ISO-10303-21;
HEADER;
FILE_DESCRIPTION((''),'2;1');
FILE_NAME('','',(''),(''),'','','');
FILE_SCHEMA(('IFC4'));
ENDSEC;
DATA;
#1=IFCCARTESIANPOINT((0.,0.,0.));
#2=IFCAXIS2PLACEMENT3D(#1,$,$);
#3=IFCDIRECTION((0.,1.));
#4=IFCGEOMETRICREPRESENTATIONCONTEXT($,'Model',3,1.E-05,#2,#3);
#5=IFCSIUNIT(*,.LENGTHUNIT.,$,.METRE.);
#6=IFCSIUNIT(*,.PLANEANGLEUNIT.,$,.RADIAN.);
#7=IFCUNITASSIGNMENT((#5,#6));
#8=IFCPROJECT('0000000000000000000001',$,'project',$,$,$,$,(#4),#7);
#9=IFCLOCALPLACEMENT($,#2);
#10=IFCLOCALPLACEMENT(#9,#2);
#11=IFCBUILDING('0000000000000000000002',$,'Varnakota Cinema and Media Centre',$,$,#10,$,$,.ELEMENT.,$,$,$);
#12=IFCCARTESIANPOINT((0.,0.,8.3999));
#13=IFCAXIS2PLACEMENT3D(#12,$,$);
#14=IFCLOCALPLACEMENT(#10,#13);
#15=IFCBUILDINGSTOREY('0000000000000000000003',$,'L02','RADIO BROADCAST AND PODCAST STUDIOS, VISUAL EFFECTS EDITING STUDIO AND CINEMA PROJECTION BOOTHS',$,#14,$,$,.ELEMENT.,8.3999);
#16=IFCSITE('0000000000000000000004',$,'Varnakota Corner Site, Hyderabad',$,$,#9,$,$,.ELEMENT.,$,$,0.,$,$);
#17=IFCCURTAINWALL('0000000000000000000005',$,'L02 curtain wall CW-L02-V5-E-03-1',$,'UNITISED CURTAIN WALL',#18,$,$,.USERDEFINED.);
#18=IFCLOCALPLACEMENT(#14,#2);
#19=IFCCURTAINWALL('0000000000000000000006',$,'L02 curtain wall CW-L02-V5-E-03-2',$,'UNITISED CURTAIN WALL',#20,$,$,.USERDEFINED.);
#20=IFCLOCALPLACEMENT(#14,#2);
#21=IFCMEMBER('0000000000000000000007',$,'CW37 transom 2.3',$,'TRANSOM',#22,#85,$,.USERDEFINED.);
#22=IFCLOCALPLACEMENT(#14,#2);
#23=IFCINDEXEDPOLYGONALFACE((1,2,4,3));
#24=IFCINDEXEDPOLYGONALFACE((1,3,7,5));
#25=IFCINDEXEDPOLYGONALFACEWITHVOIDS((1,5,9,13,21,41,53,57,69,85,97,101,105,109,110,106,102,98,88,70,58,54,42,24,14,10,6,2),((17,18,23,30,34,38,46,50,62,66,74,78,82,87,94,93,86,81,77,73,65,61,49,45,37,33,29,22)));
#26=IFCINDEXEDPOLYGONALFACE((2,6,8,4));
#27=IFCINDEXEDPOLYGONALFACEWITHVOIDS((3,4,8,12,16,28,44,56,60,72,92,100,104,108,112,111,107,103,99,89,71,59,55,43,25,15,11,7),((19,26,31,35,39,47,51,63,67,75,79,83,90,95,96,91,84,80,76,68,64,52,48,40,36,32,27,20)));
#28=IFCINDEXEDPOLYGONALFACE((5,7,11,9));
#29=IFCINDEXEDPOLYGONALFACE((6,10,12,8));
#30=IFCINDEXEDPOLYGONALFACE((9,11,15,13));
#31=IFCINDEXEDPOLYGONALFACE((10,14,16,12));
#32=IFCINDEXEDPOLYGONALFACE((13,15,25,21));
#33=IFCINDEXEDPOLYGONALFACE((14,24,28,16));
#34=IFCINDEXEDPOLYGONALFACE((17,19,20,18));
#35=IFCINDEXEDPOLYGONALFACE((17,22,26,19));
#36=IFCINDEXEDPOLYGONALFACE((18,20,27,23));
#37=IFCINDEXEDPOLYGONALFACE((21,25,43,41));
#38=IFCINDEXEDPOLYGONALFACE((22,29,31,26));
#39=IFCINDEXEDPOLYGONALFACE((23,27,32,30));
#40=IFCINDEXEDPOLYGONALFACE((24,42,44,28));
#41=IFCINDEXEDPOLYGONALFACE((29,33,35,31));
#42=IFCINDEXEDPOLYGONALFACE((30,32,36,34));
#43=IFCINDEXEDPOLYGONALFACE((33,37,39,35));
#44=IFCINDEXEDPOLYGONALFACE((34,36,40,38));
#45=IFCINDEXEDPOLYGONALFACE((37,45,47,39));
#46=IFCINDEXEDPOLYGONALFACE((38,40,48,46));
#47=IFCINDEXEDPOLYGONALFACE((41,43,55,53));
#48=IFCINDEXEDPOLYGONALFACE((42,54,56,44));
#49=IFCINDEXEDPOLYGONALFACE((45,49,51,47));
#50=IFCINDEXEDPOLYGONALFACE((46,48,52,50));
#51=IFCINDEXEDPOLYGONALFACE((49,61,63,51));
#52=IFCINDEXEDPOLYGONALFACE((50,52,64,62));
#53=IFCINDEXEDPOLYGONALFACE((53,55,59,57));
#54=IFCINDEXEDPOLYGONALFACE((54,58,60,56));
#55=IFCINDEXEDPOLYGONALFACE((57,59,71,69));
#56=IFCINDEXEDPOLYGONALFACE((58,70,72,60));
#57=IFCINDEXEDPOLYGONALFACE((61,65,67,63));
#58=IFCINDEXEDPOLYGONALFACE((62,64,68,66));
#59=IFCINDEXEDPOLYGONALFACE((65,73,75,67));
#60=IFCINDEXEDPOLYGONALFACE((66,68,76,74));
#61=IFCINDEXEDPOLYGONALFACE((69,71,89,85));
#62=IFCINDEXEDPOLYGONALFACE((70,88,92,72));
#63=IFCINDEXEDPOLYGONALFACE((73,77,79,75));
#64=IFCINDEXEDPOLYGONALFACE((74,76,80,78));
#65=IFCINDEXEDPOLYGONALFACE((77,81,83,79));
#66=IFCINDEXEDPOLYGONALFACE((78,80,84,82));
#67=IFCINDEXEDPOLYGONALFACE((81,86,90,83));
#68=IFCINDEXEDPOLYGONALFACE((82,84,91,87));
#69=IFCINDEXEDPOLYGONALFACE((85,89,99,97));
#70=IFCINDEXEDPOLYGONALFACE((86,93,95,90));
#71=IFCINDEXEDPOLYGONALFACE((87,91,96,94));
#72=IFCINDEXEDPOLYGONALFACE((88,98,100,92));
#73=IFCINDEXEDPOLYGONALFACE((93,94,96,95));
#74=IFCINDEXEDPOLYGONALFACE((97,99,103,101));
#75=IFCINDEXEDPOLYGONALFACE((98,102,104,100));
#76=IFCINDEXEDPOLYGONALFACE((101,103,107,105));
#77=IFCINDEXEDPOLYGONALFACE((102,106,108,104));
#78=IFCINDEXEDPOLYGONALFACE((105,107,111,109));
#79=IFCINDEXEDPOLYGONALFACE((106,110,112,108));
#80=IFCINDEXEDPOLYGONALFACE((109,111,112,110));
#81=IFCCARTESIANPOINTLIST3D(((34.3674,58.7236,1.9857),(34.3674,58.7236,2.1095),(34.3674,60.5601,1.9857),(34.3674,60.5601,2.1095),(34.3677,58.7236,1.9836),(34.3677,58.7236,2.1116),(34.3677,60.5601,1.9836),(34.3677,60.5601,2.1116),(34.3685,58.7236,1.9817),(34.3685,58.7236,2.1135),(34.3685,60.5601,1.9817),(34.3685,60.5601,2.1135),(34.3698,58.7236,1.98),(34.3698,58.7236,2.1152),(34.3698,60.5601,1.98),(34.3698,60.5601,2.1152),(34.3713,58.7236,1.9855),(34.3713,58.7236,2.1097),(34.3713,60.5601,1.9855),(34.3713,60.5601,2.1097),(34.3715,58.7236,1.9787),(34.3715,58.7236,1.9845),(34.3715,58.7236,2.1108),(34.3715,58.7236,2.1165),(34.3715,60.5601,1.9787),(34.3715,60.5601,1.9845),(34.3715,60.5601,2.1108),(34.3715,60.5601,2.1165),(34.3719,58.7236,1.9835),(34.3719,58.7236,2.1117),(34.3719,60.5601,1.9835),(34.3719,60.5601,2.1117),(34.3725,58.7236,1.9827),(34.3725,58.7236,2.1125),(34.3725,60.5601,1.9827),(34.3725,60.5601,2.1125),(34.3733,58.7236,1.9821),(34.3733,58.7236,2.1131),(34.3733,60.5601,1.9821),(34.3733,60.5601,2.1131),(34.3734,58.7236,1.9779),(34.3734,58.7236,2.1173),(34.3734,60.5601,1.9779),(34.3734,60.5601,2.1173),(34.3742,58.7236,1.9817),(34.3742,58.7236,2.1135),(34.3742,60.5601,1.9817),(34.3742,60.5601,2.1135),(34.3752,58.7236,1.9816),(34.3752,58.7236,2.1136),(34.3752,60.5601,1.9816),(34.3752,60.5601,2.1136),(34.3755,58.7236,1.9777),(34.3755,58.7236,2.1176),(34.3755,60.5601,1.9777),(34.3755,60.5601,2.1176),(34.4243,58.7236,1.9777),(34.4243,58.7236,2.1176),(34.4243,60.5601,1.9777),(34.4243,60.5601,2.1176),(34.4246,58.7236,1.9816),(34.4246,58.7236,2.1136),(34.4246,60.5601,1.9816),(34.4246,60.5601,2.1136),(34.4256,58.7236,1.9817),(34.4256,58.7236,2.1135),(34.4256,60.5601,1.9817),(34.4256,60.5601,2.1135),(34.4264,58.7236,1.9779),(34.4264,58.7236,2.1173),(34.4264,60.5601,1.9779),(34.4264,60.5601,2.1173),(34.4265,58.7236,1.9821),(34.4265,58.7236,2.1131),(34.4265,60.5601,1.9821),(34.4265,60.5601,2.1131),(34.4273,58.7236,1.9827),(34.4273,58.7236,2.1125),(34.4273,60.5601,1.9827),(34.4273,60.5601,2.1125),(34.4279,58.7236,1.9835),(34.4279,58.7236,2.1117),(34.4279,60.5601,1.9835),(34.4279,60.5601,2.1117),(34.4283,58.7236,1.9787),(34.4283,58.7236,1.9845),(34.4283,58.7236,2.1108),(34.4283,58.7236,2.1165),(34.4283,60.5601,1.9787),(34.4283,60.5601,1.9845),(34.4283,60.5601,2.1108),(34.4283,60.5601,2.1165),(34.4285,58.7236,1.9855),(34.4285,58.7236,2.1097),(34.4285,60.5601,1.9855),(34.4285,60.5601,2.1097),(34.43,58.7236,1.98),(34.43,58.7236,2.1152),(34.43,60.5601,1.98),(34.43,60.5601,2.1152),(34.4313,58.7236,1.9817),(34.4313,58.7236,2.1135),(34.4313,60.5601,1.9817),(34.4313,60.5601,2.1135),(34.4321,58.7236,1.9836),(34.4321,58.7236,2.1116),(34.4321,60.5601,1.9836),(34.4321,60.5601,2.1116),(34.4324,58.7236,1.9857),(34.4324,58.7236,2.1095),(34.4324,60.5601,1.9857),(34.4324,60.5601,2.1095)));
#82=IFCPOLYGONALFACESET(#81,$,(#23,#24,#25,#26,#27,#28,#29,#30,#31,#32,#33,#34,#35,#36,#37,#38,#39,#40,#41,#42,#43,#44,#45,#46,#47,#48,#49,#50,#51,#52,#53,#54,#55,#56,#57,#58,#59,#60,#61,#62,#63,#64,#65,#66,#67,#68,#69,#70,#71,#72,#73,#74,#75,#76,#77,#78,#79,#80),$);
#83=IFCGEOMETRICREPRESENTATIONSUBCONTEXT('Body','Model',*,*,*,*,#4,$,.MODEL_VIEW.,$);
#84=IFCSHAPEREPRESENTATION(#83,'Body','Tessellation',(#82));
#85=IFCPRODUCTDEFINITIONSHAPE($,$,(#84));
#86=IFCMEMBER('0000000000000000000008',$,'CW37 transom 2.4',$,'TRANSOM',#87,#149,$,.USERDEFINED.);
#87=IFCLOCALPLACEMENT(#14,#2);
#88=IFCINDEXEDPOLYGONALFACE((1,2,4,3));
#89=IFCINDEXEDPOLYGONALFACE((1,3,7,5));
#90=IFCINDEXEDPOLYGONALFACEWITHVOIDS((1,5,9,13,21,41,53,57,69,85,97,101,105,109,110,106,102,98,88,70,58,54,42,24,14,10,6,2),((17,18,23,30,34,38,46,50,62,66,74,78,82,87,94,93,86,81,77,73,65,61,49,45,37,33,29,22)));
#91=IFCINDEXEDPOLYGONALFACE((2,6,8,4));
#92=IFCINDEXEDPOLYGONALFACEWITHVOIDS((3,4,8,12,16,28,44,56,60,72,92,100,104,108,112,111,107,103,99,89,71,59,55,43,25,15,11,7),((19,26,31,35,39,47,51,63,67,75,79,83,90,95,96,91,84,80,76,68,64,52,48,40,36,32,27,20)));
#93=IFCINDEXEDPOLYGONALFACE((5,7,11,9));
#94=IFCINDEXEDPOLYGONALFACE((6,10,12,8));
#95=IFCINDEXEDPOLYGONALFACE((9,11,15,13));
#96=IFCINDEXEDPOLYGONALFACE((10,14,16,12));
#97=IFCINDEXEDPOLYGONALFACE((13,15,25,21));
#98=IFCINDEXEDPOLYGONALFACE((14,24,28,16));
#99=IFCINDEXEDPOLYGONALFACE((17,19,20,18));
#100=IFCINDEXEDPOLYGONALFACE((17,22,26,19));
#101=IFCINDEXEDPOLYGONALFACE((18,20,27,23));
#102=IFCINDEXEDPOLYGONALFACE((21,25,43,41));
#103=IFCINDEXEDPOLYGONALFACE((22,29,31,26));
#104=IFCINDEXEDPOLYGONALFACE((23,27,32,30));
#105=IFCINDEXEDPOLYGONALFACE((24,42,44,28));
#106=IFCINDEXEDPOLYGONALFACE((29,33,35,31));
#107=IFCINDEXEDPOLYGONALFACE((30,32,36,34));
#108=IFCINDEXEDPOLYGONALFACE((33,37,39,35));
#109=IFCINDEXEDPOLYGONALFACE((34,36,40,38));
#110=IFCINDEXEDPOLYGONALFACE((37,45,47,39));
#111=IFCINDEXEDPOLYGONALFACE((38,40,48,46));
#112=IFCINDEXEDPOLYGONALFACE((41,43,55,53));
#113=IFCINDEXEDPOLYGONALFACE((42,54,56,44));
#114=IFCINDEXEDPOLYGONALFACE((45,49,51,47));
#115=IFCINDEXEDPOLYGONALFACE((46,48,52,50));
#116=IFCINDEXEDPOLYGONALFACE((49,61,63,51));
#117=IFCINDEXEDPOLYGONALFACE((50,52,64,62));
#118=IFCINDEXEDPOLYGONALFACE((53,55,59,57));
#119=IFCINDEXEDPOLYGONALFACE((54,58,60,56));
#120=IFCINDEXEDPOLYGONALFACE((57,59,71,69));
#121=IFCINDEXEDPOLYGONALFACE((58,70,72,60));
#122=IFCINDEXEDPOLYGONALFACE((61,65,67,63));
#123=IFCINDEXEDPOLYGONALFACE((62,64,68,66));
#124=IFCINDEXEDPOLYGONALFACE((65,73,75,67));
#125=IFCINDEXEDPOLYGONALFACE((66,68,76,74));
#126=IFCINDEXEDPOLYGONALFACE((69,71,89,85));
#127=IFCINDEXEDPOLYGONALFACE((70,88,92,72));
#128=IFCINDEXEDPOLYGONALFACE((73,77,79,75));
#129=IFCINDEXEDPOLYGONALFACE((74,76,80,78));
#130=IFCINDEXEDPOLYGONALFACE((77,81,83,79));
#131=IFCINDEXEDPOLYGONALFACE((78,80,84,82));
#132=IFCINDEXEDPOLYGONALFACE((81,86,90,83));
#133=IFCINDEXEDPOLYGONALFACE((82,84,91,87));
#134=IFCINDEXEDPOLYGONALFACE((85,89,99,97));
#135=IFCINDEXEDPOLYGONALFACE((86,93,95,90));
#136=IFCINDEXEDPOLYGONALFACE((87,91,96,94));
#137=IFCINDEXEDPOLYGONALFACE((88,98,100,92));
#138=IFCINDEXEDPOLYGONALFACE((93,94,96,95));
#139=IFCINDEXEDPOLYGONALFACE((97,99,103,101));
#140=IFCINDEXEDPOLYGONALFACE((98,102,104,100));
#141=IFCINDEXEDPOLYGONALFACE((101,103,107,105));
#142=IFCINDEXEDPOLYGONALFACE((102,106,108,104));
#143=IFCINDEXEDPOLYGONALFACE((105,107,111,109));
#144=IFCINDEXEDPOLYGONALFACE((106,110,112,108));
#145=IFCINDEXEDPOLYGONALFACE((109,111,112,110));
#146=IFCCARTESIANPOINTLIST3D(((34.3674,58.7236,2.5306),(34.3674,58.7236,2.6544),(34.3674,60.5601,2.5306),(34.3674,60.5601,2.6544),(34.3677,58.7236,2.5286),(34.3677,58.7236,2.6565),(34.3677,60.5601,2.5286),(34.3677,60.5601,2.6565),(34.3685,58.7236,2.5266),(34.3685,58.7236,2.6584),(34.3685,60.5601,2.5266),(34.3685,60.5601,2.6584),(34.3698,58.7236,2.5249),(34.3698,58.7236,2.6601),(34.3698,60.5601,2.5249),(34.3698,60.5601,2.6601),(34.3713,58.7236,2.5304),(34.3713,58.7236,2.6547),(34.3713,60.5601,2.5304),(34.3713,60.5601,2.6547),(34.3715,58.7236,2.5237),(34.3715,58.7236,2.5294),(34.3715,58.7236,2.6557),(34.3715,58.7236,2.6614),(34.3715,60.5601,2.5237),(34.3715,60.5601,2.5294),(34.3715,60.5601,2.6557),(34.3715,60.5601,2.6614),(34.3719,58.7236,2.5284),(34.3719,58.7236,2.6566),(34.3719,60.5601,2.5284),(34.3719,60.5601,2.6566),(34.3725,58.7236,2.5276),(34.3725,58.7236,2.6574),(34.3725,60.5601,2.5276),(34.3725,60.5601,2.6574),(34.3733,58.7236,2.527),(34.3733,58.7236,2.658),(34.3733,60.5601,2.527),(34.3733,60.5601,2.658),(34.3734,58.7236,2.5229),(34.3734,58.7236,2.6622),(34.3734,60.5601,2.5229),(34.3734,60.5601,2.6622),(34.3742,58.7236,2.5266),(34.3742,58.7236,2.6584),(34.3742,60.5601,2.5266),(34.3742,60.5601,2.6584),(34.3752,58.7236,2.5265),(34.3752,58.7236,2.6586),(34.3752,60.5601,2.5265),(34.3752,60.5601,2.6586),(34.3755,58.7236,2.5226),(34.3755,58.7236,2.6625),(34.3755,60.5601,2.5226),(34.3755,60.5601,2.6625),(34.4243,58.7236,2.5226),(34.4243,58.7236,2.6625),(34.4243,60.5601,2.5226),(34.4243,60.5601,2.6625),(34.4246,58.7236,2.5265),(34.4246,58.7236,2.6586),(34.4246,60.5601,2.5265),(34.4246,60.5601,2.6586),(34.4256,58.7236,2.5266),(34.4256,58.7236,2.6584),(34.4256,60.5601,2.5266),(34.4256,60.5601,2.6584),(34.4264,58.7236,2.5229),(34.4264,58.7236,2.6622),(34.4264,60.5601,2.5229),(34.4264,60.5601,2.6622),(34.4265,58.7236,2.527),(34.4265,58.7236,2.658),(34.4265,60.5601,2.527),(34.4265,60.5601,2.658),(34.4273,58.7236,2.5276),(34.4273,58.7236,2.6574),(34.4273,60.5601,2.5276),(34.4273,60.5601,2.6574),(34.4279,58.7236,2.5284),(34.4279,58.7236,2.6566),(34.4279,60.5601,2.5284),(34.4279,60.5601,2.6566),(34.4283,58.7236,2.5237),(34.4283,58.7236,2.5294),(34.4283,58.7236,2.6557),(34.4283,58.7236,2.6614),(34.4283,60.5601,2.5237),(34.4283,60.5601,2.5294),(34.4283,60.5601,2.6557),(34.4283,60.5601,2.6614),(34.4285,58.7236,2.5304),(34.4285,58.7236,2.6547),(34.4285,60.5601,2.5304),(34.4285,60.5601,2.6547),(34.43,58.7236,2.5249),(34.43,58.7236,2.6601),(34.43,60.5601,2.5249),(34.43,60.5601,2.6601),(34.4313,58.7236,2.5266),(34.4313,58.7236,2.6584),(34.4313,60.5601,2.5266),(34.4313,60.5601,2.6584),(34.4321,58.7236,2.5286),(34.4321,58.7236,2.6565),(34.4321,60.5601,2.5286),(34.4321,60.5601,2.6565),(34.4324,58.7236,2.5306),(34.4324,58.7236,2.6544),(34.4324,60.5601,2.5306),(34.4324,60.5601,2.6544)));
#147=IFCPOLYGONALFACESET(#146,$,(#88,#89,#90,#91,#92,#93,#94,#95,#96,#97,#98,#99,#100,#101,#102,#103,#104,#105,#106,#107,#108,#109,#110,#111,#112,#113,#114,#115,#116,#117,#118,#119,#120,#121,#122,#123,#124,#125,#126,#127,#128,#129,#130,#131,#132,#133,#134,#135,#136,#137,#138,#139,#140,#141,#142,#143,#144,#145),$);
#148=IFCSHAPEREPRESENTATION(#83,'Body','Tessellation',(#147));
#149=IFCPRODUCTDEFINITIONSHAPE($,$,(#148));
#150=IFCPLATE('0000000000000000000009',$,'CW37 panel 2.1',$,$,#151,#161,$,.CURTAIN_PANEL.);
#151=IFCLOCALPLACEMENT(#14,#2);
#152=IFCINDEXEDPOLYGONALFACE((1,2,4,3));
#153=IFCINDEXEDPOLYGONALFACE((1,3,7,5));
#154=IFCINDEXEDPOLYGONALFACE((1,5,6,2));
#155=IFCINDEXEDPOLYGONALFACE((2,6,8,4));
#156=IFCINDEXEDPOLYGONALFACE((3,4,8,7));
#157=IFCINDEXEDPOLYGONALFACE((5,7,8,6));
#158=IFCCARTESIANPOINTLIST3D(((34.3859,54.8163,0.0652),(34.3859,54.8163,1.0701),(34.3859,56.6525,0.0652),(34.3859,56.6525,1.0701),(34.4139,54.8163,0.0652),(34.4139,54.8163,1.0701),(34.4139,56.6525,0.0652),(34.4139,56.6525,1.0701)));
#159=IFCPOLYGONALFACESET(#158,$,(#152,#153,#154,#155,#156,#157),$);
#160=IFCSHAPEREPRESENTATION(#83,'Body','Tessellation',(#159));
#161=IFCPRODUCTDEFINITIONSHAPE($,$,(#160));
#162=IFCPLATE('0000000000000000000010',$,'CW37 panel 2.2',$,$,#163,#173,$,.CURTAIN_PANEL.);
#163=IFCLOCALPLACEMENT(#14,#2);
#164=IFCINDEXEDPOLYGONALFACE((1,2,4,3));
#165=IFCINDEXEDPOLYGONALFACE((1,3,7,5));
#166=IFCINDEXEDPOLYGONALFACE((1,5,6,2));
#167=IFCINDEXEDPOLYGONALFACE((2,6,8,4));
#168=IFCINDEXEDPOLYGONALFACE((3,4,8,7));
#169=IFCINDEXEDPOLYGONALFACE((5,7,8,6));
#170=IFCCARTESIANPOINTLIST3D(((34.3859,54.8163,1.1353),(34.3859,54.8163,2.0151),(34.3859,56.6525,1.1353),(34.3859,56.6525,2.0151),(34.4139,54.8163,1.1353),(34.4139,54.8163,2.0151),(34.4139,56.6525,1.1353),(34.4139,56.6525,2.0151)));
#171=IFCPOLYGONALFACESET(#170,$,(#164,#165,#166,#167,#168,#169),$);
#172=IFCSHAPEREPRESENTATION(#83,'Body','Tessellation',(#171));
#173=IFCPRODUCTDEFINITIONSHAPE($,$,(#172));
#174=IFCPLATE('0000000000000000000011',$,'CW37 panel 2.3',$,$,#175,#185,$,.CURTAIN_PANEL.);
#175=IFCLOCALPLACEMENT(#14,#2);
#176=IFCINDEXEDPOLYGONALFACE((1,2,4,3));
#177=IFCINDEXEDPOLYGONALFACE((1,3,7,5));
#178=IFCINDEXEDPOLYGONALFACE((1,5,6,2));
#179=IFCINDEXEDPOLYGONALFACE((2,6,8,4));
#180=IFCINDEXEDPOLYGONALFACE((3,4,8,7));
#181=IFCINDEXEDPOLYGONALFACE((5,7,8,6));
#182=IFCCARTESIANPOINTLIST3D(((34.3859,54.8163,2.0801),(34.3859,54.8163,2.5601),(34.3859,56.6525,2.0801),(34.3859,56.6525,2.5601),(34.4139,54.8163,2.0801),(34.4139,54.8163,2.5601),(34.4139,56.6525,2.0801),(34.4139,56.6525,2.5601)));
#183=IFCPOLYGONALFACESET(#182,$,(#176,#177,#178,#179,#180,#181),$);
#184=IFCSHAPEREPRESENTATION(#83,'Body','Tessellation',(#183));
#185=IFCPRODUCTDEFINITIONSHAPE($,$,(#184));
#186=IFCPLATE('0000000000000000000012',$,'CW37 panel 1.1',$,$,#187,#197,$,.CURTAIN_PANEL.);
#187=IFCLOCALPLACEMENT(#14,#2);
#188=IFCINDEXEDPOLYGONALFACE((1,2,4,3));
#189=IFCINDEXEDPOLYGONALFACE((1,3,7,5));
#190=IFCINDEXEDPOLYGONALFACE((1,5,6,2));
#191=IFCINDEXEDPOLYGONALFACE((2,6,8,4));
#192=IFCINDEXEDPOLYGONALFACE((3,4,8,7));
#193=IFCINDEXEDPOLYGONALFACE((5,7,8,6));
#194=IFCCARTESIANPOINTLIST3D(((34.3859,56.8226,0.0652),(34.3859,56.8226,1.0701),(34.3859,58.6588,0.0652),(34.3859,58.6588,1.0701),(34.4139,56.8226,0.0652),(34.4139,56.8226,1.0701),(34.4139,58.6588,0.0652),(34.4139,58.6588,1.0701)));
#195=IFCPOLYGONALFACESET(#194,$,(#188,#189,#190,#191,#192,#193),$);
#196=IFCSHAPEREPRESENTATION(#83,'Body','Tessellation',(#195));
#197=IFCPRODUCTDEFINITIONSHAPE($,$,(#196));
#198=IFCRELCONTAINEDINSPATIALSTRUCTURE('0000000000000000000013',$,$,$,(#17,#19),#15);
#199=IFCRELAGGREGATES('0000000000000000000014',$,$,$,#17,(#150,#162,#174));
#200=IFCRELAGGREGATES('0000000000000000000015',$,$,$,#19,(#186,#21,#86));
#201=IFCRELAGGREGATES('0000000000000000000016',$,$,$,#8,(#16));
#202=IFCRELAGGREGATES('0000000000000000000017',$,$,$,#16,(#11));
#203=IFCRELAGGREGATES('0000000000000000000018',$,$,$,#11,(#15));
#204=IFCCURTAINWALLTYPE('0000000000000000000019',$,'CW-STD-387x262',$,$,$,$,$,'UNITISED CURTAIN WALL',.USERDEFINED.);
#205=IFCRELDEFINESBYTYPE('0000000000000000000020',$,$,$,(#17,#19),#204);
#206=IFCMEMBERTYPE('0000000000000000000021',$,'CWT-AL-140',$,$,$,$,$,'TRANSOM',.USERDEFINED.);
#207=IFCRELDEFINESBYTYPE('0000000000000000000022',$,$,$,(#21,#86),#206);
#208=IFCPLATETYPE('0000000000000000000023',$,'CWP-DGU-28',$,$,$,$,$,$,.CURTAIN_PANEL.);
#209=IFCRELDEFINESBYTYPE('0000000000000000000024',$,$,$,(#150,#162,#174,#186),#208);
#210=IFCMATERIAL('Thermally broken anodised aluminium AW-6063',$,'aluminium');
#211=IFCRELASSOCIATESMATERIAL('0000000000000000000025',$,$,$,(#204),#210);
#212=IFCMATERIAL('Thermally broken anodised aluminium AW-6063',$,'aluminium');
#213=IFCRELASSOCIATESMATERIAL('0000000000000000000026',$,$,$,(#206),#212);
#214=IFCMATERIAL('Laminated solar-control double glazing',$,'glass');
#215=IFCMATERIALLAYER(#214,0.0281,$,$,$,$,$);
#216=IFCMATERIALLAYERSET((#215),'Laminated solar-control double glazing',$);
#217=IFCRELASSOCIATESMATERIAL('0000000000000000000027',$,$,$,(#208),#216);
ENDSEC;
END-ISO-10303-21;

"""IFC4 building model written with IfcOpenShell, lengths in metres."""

from ifc_helpers import new_model, si_unit, direction, frame, origin, origin_2d, place, context, subcontext, project, spatial, rectangle, hollow_rectangle, extrude, material, layer, layer_set, material_profile, profile_set, type_object, element, aggregate, save


model = new_model("IFC4")

# Units and contexts
model_context = context("Model", 3, precision=1e-05, world=origin(), true_north=direction((0.0, 1.0)))
body_context = subcontext(model_context, "Body", "Model", "MODEL_VIEW")
ifc_project = project(units=[si_unit("LENGTHUNIT", "METRE"), si_unit("PLANEANGLEUNIT", "RADIAN")], contexts=[model_context])

# Site, building, storey
site_placement = place(None, origin())
site = spatial("IfcSite", under=ifc_project, at=site_placement, Name="Varnakota Corner Site, Hyderabad", CompositionType="ELEMENT", RefElevation=0.0)
building_placement = place(site_placement, origin())
building = spatial("IfcBuilding", under=site, at=building_placement, Name="Varnakota Cinema and Media Centre", CompositionType="ELEMENT")
storey_placement = place(building_placement, frame((0.0, 0.0, 8.3999)))
storey = spatial("IfcBuildingStorey", under=building, at=storey_placement, Name="L02", Description="RADIO BROADCAST AND PODCAST STUDIOS, VISUAL EFFECTS EDITING STUDIO AND CINEMA PROJECTION BOOTHS", CompositionType="ELEMENT", Elevation=8.3999)

# Curtain wall
ifc_material_1 = material(Name="Thermally broken anodised aluminium AW-6063", Category="aluminium")
curtain_wall_type = type_object("IfcCurtainWallType", Name="CW-STD-387x262", ElementType="UNITISED CURTAIN WALL", PredefinedType="USERDEFINED", material=ifc_material_1)
curtain_wall_1_placement = place(storey_placement, origin())
curtain_wall_1 = element("IfcCurtainWall", 1, at=curtain_wall_1_placement, inside=storey, type_object=curtain_wall_type, Name="L02 curtain wall CW-L02-V5-E-03-1", ObjectType="UNITISED CURTAIN WALL", PredefinedType="USERDEFINED")

# Curtain wall
curtain_wall_2_placement = place(storey_placement, origin())
curtain_wall_2 = element("IfcCurtainWall", 2, at=curtain_wall_2_placement, inside=storey, type_object=curtain_wall_type, Name="L02 curtain wall CW-L02-V5-E-03-2", ObjectType="UNITISED CURTAIN WALL", PredefinedType="USERDEFINED")

# Members
ifc_material_2 = material(Name="Thermally broken anodised aluminium AW-6063", Category="aluminium")
ifc_material_profile_1 = material_profile(ifc_material_2, hollow_rectangle(XDim=0.0649, YDim=0.1399, WallThickness=0.0039, InnerFilletRadius=0.0039, OuterFilletRadius=0.0081, at=origin_2d()), Name="AL-TRANSOM 140x65x4")
ifc_profile_set_1 = profile_set([ifc_material_profile_1], Name="Thermally broken anodised aluminium AW-6063")
member_type_1 = type_object("IfcMemberType", Name="CWT-AL-140", ElementType="TRANSOM", PredefinedType="USERDEFINED", material=ifc_profile_set_1)
member_1_placement = place(storey_placement, frame((34.3999, 58.7236, 2.0476), z_axis=(0.0, 1.0, 0.0), x_axis=(-1.0, 0.0, 0.0)))
member_1 = element("IfcMember", 3, at=member_1_placement, type_object=member_type_1, Name="CW37 transom 2.3", ObjectType="TRANSOM", PredefinedType="USERDEFINED", context=body_context, shape_type="SweptSolid", body=[
    extrude(hollow_rectangle(XDim=0.0649, YDim=0.1399, WallThickness=0.0039, InnerFilletRadius=0.0039, OuterFilletRadius=0.0081, at=origin_2d()), origin(), (0.0, 0.0, 1.0), 1.8364),
])
member_2_placement = place(storey_placement, frame((34.3999, 58.7236, 2.5925), z_axis=(0.0, 1.0, 0.0), x_axis=(-1.0, 0.0, 0.0)))
member_2 = element("IfcMember", 4, at=member_2_placement, type_object=member_type_1, Name="CW37 transom 2.4", ObjectType="TRANSOM", PredefinedType="USERDEFINED", context=body_context, shape_type="SweptSolid", body=[
    extrude(hollow_rectangle(XDim=0.0649, YDim=0.1399, WallThickness=0.0039, InnerFilletRadius=0.0039, OuterFilletRadius=0.0081, at=origin_2d()), origin(), (0.0, 0.0, 1.0), 1.8364),
])

# Plates
ifc_material_3 = material(Name="Laminated solar-control double glazing", Category="glass")
ifc_layer_1 = layer(ifc_material_3, 0.0281)
ifc_layer_set_1 = layer_set([ifc_layer_1], Name="Laminated solar-control double glazing")
plate_type = type_object("IfcPlateType", Name="CWP-DGU-28", PredefinedType="CURTAIN_PANEL", material=ifc_layer_set_1)
plate_1_placement = place(storey_placement, frame((34.3999, 55.7344, 0.0652), z_axis=(0.0, 0.0, 1.0), x_axis=(0.0, 1.0, 0.0)))
plate_1 = element("IfcPlate", 5, at=plate_1_placement, type_object=plate_type, Name="CW37 panel 2.1", PredefinedType="CURTAIN_PANEL", context=body_context, shape_type="SweptSolid", body=[
    extrude(rectangle(XDim=1.8362, YDim=0.0281, at=origin_2d()), origin(), (0.0, 0.0, 1.0), 1.0049),
])
plate_2_placement = place(storey_placement, frame((34.3999, 55.7344, 1.1353), z_axis=(0.0, 0.0, 1.0), x_axis=(0.0, 1.0, 0.0)))
plate_2 = element("IfcPlate", 6, at=plate_2_placement, type_object=plate_type, Name="CW37 panel 2.2", PredefinedType="CURTAIN_PANEL", context=body_context, shape_type="SweptSolid", body=[
    extrude(rectangle(XDim=1.8362, YDim=0.0281, at=origin_2d()), origin(), (0.0, 0.0, 1.0), 0.8799),
])
plate_3_placement = place(storey_placement, frame((34.3999, 55.7344, 2.0801), z_axis=(0.0, 0.0, 1.0), x_axis=(0.0, 1.0, 0.0)))
plate_3 = element("IfcPlate", 7, at=plate_3_placement, type_object=plate_type, Name="CW37 panel 2.3", PredefinedType="CURTAIN_PANEL", context=body_context, shape_type="SweptSolid", body=[
    extrude(rectangle(XDim=1.8362, YDim=0.0281, at=origin_2d()), origin(), (0.0, 0.0, 1.0), 0.48),
])
aggregate(curtain_wall_1, [plate_1, plate_2, plate_3])
plate_4_placement = place(storey_placement, frame((34.3999, 57.7407, 0.0652), z_axis=(0.0, 0.0, 1.0), x_axis=(0.0, 1.0, 0.0)))
plate_4 = element("IfcPlate", 8, at=plate_4_placement, type_object=plate_type, Name="CW37 panel 1.1", PredefinedType="CURTAIN_PANEL", context=body_context, shape_type="SweptSolid", body=[
    extrude(rectangle(XDim=1.8362, YDim=0.0281, at=origin_2d()), origin(), (0.0, 0.0, 1.0), 1.0049),
])
aggregate(curtain_wall_2, [plate_4, member_1, member_2])

save(model, "model.ifc")
